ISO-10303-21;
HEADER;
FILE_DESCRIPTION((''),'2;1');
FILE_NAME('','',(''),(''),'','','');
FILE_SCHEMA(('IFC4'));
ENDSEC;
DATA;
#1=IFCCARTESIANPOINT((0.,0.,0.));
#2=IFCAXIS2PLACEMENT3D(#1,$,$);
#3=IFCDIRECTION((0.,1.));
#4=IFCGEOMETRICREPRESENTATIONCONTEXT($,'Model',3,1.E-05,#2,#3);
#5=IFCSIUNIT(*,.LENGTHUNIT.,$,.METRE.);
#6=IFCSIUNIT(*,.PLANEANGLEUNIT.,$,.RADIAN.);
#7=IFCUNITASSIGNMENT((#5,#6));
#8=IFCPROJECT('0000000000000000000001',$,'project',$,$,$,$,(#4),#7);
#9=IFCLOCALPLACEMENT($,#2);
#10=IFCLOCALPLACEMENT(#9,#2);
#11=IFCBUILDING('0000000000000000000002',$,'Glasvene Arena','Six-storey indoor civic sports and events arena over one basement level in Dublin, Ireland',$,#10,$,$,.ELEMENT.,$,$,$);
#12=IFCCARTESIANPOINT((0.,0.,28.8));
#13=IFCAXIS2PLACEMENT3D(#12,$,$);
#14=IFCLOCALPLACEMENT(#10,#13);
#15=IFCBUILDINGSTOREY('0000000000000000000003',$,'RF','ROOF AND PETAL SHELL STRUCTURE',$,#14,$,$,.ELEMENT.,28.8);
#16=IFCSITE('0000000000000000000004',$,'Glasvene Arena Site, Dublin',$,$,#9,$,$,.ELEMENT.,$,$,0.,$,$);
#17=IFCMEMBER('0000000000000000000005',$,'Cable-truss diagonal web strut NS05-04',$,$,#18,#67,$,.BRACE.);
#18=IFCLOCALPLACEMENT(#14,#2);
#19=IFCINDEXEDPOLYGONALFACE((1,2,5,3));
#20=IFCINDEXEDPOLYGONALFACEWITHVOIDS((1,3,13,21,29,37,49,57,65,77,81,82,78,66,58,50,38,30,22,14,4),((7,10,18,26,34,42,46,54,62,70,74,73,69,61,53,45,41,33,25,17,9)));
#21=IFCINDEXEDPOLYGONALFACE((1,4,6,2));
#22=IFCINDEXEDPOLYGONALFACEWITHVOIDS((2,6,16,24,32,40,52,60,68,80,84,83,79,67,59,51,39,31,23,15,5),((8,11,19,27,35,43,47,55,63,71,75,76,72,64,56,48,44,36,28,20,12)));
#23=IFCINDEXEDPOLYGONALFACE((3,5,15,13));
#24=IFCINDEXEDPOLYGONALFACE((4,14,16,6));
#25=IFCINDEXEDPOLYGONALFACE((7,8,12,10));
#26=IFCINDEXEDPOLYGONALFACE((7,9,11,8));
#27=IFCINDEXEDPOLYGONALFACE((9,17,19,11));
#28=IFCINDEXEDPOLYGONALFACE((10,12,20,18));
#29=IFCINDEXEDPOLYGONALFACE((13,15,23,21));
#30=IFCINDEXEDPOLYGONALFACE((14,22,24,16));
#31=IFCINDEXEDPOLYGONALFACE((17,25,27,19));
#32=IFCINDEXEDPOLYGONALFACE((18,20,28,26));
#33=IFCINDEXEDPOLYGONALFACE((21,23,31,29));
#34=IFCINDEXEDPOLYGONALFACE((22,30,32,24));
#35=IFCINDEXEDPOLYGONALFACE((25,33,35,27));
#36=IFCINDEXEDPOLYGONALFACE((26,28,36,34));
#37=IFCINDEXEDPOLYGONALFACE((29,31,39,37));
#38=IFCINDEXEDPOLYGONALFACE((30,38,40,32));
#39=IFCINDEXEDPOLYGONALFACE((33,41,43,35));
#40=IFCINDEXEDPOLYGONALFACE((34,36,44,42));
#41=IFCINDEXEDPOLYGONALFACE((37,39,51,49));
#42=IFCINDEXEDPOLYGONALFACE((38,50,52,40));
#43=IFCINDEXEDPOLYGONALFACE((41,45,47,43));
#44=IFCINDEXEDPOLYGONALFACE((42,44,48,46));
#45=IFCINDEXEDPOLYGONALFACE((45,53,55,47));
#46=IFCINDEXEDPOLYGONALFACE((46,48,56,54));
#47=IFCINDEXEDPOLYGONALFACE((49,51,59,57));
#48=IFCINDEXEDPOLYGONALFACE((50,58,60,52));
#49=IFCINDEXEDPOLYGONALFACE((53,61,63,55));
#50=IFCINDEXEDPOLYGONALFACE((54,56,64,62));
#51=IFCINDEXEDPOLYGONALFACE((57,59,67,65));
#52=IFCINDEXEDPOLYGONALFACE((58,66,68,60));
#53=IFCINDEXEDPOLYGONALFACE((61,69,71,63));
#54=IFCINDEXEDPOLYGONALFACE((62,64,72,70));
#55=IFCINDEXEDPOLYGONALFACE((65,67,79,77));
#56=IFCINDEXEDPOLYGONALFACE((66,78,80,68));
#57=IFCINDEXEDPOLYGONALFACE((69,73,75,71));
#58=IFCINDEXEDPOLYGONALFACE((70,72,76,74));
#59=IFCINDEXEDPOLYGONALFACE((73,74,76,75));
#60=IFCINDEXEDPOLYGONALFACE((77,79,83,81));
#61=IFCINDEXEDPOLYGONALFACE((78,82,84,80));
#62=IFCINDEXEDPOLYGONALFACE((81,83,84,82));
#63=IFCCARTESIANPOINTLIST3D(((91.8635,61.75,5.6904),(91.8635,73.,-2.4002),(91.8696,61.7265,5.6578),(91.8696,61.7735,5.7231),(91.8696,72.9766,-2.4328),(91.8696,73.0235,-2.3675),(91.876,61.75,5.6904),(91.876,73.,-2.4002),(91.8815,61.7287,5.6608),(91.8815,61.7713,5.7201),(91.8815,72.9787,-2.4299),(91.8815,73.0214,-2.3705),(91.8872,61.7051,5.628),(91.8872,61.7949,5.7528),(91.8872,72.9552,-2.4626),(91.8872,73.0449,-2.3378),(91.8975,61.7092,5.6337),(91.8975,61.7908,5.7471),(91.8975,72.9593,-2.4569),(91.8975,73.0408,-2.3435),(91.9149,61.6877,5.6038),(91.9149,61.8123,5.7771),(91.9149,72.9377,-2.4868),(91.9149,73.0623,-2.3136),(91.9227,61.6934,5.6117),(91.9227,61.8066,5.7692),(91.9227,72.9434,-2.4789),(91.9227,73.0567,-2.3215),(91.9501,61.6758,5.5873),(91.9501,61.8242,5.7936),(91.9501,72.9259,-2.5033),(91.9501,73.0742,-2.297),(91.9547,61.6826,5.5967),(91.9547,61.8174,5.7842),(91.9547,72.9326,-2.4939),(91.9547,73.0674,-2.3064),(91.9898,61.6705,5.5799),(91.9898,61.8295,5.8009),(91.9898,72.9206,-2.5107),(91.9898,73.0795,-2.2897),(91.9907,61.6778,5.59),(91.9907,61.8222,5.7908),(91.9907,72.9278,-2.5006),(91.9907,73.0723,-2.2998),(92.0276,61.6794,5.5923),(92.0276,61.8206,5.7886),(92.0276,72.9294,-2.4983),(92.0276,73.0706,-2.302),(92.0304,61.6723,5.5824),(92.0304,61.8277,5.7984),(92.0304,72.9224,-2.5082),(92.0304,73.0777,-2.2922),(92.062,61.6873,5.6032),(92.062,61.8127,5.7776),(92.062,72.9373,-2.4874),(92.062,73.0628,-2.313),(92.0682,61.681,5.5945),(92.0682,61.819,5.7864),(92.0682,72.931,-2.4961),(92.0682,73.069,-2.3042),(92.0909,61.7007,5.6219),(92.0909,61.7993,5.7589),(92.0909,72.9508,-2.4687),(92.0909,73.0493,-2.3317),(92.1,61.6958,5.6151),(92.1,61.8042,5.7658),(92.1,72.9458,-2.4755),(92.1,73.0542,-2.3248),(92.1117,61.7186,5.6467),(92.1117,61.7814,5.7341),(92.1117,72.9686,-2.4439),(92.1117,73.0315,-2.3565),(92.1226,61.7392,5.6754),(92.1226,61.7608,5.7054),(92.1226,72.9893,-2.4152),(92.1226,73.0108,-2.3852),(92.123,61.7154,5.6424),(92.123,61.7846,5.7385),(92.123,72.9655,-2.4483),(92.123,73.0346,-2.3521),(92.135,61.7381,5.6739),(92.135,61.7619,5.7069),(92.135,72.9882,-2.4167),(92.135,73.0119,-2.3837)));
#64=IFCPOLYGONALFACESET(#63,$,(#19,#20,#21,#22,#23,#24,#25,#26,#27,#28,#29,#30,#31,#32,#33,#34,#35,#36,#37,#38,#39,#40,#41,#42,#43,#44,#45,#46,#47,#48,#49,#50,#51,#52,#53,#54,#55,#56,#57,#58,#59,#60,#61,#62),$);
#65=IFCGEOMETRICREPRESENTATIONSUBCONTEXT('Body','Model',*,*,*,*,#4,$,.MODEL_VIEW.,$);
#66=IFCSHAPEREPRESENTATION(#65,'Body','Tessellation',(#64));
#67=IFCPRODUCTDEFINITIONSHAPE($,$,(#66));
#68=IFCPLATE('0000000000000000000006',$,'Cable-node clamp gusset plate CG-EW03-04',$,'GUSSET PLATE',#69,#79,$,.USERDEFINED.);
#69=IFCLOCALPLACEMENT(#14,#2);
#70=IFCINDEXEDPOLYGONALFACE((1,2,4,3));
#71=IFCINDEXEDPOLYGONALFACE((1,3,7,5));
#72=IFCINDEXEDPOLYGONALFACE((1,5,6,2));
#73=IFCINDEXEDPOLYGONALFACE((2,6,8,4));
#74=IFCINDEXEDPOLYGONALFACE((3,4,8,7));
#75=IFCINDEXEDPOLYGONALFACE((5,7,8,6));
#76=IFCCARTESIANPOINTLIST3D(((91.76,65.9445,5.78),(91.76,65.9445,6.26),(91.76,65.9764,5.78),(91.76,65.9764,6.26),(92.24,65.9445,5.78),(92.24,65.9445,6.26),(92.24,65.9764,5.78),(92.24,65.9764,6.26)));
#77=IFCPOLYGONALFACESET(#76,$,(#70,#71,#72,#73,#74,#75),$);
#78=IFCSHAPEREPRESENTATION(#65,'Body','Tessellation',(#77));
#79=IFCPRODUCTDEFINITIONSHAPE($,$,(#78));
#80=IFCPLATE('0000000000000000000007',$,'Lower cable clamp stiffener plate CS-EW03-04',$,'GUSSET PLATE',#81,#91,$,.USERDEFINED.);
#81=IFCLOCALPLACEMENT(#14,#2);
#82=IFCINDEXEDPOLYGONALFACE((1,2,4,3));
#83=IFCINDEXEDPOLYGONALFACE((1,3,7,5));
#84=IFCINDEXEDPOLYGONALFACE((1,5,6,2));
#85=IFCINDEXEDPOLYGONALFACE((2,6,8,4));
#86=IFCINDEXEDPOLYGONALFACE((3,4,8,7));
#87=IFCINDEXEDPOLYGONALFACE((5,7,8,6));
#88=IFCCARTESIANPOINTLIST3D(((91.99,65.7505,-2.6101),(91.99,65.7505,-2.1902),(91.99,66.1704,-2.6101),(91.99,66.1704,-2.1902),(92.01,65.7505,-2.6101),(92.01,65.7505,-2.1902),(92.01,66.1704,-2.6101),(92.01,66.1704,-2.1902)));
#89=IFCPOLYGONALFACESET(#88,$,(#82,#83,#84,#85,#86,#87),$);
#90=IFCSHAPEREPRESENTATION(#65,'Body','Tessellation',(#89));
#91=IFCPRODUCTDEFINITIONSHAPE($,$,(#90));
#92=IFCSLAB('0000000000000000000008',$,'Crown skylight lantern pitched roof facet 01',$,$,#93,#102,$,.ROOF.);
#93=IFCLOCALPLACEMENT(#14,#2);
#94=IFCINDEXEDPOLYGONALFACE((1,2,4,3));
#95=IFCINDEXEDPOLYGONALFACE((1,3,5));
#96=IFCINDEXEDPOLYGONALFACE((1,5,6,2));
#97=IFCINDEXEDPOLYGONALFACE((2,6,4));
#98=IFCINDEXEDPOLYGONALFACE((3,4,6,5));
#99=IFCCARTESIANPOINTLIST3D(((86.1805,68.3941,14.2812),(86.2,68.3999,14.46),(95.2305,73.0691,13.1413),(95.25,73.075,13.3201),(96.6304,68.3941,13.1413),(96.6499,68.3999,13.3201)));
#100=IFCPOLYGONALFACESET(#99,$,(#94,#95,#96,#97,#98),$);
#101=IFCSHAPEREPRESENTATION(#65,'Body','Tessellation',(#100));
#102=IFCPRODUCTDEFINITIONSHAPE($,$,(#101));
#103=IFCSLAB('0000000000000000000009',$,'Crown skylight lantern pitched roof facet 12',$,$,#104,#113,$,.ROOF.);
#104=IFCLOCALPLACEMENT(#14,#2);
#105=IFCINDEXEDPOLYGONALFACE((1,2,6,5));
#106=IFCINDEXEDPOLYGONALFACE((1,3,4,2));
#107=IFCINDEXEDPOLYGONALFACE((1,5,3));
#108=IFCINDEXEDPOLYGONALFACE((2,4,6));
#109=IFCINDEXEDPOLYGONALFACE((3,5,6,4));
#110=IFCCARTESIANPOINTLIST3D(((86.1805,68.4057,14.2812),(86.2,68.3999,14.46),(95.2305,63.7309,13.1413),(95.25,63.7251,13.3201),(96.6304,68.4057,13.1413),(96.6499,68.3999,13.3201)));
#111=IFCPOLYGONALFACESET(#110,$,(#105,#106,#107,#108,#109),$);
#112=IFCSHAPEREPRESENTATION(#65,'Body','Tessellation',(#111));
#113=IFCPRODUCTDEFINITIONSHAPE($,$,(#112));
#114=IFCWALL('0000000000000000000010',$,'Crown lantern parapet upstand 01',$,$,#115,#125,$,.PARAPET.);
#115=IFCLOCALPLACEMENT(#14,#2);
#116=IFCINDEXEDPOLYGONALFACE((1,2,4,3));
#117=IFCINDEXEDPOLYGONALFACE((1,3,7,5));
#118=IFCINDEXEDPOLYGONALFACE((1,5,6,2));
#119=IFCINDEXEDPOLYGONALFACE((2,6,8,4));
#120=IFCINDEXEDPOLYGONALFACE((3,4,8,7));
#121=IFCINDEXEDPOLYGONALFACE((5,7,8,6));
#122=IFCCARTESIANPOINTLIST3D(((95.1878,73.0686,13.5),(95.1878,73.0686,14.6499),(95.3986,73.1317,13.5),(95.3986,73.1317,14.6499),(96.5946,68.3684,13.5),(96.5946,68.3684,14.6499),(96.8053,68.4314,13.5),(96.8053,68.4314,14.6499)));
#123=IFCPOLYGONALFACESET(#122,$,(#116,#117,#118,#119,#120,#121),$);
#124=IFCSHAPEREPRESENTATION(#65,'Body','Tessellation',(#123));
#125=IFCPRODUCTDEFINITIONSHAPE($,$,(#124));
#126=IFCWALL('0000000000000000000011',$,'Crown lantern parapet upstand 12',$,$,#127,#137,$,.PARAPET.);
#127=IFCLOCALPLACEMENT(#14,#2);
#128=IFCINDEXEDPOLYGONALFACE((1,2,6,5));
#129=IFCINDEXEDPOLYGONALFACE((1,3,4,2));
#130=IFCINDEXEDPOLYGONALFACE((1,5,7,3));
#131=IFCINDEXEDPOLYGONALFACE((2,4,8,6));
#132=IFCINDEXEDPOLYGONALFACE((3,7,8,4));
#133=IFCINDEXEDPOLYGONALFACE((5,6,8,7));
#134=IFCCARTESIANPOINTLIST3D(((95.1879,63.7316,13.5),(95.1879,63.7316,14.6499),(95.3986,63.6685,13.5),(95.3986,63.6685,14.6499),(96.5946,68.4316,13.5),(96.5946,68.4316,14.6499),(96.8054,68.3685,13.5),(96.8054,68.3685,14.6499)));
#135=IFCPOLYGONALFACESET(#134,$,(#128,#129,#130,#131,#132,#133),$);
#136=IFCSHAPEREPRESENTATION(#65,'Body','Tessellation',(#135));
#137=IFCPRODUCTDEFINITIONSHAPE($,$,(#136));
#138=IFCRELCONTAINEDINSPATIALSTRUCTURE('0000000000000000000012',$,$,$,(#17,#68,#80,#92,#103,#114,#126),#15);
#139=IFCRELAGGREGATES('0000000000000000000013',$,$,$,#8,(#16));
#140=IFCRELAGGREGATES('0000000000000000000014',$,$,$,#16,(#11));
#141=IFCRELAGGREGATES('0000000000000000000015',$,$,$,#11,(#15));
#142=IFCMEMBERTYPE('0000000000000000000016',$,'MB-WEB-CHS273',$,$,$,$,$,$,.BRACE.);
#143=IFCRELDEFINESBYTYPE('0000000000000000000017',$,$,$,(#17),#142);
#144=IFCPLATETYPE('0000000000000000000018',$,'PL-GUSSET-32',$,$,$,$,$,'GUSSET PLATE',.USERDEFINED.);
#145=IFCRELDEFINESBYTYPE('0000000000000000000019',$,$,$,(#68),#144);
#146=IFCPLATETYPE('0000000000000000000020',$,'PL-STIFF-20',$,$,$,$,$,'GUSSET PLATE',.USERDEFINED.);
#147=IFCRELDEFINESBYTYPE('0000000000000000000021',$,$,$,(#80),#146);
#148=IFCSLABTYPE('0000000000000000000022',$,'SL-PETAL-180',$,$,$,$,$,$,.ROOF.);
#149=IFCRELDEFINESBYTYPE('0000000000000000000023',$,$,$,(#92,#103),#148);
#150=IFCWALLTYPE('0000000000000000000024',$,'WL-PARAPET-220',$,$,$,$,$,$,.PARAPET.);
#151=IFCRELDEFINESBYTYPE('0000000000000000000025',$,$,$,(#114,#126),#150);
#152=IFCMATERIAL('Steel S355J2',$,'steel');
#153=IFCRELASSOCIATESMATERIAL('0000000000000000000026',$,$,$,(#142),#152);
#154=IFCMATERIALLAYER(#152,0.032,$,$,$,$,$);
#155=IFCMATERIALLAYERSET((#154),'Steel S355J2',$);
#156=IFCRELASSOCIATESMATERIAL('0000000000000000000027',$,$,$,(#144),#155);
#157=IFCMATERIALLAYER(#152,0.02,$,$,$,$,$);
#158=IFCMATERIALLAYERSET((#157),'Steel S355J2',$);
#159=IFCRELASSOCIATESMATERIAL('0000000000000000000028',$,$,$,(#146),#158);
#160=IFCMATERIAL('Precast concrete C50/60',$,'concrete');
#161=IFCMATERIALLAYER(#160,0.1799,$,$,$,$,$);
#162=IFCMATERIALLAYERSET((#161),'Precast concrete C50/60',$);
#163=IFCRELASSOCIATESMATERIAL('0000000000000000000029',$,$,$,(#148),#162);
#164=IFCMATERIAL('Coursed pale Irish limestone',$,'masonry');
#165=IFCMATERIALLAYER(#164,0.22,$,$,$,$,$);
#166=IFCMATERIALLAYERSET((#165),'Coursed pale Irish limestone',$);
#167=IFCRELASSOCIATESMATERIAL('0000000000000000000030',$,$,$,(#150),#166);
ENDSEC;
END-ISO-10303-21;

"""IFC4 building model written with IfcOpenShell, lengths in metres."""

from ifc_helpers import new_model, si_unit, direction, frame, frame_2d, origin, origin_2d, place, context, subcontext, project, spatial, polyline, rectangle, hollow_circle, outline, extrude, material, layer, layer_set, material_profile, profile_set, type_object, element, save


model = new_model("IFC4")

# Units and contexts
model_context = context("Model", 3, precision=1e-05, world=origin(), true_north=direction((0.0, 1.0)))
body_context = subcontext(model_context, "Body", "Model", "MODEL_VIEW")
ifc_project = project(units=[si_unit("LENGTHUNIT", "METRE"), si_unit("PLANEANGLEUNIT", "RADIAN")], contexts=[model_context])

# Site, building, storey
site_placement = place(None, origin())
site = spatial("IfcSite", under=ifc_project, at=site_placement, Name="Glasvene Arena Site, Dublin", CompositionType="ELEMENT", RefElevation=0.0)
building_placement = place(site_placement, origin())
building = spatial("IfcBuilding", under=site, at=building_placement, Name="Glasvene Arena", Description="Six-storey indoor civic sports and events arena over one basement level in Dublin, Ireland", CompositionType="ELEMENT")
storey_placement = place(building_placement, frame((0.0, 0.0, 28.8)))
storey = spatial("IfcBuildingStorey", under=building, at=storey_placement, Name="RF", Description="ROOF AND PETAL SHELL STRUCTURE", CompositionType="ELEMENT", Elevation=28.8)

# Shared definitions
ifc_material_1 = material(Name="Steel S355J2", Category="steel")

# Member
ifc_material_profile_1 = material_profile(ifc_material_1, hollow_circle(Radius=0.1365, WallThickness=0.0125, at=origin_2d()), Name="CHS 273.0x12.5")
ifc_profile_set_1 = profile_set([ifc_material_profile_1], Name="Steel S355J2")
member_type_1 = type_object("IfcMemberType", Name="MB-WEB-CHS273", PredefinedType="BRACE", material=ifc_profile_set_1)
member_1_placement = place(storey_placement, frame((92.0, 61.75, 5.6904), z_axis=(0.0, 0.811857, -0.583857), x_axis=(-1.0, 0.0, 0.0)))
element("IfcMember", 1, at=member_1_placement, inside=storey, type_object=member_type_1, Name="Cable-truss diagonal web strut NS05-04", PredefinedType="BRACE", context=body_context, shape_type="SweptSolid", body=[
    extrude(hollow_circle(Radius=0.1365, WallThickness=0.0125, at=origin_2d()), origin(), (0.0, 0.0, 1.0), 13.8572),
])

# Plates
ifc_layer_1 = layer(ifc_material_1, 0.032)
ifc_layer_set_1 = layer_set([ifc_layer_1], Name="Steel S355J2")
plate_type_1 = type_object("IfcPlateType", Name="PL-GUSSET-32", ElementType="GUSSET PLATE", PredefinedType="USERDEFINED", material=ifc_layer_set_1)
plate_1_placement = place(storey_placement, frame((92.0, 65.9604, 5.78), z_axis=(0.0, 0.0, 1.0), x_axis=(1.0, 0.0, 0.0)))
element("IfcPlate", 2, at=plate_1_placement, inside=storey, type_object=plate_type_1, Name="Cable-node clamp gusset plate CG-EW03-04", ObjectType="GUSSET PLATE", PredefinedType="USERDEFINED", context=body_context, shape_type="SweptSolid", body=[
    extrude(rectangle(XDim=0.48, YDim=0.032, at=origin_2d()), origin(), (0.0, 0.0, 1.0), 0.48),
])
ifc_layer_2 = layer(ifc_material_1, 0.02)
ifc_layer_set_2 = layer_set([ifc_layer_2], Name="Steel S355J2")
plate_type_2 = type_object("IfcPlateType", Name="PL-STIFF-20", ElementType="GUSSET PLATE", PredefinedType="USERDEFINED", material=ifc_layer_set_2)
plate_2_placement = place(storey_placement, frame((92.0, 65.9604, -2.6101), z_axis=(0.0, 0.0, 1.0), x_axis=(1.0, 0.0, 0.0)))
element("IfcPlate", 3, at=plate_2_placement, inside=storey, type_object=plate_type_2, Name="Lower cable clamp stiffener plate CS-EW03-04", ObjectType="GUSSET PLATE", PredefinedType="USERDEFINED", context=body_context, shape_type="SweptSolid", body=[
    extrude(rectangle(XDim=0.02, YDim=0.4199, at=origin_2d()), origin(), (0.0, 0.0, 1.0), 0.4199),
])

# Slabs
ifc_material_2 = material(Name="Precast concrete C50/60", Category="concrete")
ifc_layer_3 = layer(ifc_material_2, 0.1799)
ifc_layer_set_3 = layer_set([ifc_layer_3], Name="Precast concrete C50/60")
slab_type = type_object("IfcSlabType", Name="SL-PETAL-180", PredefinedType="ROOF", material=ifc_layer_set_3)
slab_1_placement = place(storey_placement, frame((96.6499, 68.3999, 13.3201), z_axis=(0.108381, 0.032454, 0.99358), x_axis=(-0.286857, 0.957973, 0.0)))
element("IfcSlab", 4, at=slab_1_placement, inside=storey, type_object=slab_type, Name="Crown skylight lantern pitched roof facet 01", PredefinedType="ROOF", context=body_context, shape_type="SweptSolid", body=[
    extrude(outline(polyline([(0.0, 0.0), (4.8801, 0.0), (2.9976, 10.0755), (0.0, 0.0)])), origin(), (0.0, 0.0, -1.0), 0.1799),
])
slab_2_placement = place(storey_placement, frame((95.25, 63.7251, 13.3201), z_axis=(0.108381, -0.032455, 0.99358), x_axis=(0.286871, 0.957969, 0.0)))
element("IfcSlab", 5, at=slab_2_placement, inside=storey, type_object=slab_type, Name="Crown skylight lantern pitched roof facet 12", PredefinedType="ROOF", context=body_context, shape_type="SweptSolid", body=[
    extrude(outline(polyline([(0.0, 0.0), (4.8799, 0.0), (1.8821, 10.0754), (0.0, 0.0)])), origin(), (0.0, 0.0, -1.0), 0.1799),
])

# Walls
ifc_material_3 = material(Name="Coursed pale Irish limestone", Category="masonry")
ifc_layer_4 = layer(ifc_material_3, 0.22)
ifc_layer_set_4 = layer_set([ifc_layer_4], Name="Coursed pale Irish limestone")
wall_type = type_object("IfcWallType", Name="WL-PARAPET-220", PredefinedType="PARAPET", material=ifc_layer_set_4)
wall_1_placement = place(storey_placement, frame((96.7, 68.3999, 13.5), z_axis=(0.0, 0.0, 1.0), x_axis=(-0.286727, 0.958012, 0.0)))
element("IfcWall", 6, at=wall_1_placement, inside=storey, type_object=wall_type, Name="Crown lantern parapet upstand 01", PredefinedType="PARAPET", context=body_context, shape_type="SweptSolid", body=[
    extrude(rectangle(XDim=4.9062, YDim=0.22, at=frame_2d((2.4531, 0.0))), origin(), (0.0, 0.0, 1.0), 1.1499),
])
wall_2_placement = place(storey_placement, frame((95.2932, 63.7, 13.5), z_axis=(0.0, 0.0, 1.0), x_axis=(0.286741, 0.958008, 0.0)))
element("IfcWall", 7, at=wall_2_placement, inside=storey, type_object=wall_type, Name="Crown lantern parapet upstand 12", PredefinedType="PARAPET", context=body_context, shape_type="SweptSolid", body=[
    extrude(rectangle(XDim=4.906, YDim=0.22, at=frame_2d((2.4531, 0.0))), origin(), (0.0, 0.0, 1.0), 1.1499),
])

save(model, "model.ifc")
